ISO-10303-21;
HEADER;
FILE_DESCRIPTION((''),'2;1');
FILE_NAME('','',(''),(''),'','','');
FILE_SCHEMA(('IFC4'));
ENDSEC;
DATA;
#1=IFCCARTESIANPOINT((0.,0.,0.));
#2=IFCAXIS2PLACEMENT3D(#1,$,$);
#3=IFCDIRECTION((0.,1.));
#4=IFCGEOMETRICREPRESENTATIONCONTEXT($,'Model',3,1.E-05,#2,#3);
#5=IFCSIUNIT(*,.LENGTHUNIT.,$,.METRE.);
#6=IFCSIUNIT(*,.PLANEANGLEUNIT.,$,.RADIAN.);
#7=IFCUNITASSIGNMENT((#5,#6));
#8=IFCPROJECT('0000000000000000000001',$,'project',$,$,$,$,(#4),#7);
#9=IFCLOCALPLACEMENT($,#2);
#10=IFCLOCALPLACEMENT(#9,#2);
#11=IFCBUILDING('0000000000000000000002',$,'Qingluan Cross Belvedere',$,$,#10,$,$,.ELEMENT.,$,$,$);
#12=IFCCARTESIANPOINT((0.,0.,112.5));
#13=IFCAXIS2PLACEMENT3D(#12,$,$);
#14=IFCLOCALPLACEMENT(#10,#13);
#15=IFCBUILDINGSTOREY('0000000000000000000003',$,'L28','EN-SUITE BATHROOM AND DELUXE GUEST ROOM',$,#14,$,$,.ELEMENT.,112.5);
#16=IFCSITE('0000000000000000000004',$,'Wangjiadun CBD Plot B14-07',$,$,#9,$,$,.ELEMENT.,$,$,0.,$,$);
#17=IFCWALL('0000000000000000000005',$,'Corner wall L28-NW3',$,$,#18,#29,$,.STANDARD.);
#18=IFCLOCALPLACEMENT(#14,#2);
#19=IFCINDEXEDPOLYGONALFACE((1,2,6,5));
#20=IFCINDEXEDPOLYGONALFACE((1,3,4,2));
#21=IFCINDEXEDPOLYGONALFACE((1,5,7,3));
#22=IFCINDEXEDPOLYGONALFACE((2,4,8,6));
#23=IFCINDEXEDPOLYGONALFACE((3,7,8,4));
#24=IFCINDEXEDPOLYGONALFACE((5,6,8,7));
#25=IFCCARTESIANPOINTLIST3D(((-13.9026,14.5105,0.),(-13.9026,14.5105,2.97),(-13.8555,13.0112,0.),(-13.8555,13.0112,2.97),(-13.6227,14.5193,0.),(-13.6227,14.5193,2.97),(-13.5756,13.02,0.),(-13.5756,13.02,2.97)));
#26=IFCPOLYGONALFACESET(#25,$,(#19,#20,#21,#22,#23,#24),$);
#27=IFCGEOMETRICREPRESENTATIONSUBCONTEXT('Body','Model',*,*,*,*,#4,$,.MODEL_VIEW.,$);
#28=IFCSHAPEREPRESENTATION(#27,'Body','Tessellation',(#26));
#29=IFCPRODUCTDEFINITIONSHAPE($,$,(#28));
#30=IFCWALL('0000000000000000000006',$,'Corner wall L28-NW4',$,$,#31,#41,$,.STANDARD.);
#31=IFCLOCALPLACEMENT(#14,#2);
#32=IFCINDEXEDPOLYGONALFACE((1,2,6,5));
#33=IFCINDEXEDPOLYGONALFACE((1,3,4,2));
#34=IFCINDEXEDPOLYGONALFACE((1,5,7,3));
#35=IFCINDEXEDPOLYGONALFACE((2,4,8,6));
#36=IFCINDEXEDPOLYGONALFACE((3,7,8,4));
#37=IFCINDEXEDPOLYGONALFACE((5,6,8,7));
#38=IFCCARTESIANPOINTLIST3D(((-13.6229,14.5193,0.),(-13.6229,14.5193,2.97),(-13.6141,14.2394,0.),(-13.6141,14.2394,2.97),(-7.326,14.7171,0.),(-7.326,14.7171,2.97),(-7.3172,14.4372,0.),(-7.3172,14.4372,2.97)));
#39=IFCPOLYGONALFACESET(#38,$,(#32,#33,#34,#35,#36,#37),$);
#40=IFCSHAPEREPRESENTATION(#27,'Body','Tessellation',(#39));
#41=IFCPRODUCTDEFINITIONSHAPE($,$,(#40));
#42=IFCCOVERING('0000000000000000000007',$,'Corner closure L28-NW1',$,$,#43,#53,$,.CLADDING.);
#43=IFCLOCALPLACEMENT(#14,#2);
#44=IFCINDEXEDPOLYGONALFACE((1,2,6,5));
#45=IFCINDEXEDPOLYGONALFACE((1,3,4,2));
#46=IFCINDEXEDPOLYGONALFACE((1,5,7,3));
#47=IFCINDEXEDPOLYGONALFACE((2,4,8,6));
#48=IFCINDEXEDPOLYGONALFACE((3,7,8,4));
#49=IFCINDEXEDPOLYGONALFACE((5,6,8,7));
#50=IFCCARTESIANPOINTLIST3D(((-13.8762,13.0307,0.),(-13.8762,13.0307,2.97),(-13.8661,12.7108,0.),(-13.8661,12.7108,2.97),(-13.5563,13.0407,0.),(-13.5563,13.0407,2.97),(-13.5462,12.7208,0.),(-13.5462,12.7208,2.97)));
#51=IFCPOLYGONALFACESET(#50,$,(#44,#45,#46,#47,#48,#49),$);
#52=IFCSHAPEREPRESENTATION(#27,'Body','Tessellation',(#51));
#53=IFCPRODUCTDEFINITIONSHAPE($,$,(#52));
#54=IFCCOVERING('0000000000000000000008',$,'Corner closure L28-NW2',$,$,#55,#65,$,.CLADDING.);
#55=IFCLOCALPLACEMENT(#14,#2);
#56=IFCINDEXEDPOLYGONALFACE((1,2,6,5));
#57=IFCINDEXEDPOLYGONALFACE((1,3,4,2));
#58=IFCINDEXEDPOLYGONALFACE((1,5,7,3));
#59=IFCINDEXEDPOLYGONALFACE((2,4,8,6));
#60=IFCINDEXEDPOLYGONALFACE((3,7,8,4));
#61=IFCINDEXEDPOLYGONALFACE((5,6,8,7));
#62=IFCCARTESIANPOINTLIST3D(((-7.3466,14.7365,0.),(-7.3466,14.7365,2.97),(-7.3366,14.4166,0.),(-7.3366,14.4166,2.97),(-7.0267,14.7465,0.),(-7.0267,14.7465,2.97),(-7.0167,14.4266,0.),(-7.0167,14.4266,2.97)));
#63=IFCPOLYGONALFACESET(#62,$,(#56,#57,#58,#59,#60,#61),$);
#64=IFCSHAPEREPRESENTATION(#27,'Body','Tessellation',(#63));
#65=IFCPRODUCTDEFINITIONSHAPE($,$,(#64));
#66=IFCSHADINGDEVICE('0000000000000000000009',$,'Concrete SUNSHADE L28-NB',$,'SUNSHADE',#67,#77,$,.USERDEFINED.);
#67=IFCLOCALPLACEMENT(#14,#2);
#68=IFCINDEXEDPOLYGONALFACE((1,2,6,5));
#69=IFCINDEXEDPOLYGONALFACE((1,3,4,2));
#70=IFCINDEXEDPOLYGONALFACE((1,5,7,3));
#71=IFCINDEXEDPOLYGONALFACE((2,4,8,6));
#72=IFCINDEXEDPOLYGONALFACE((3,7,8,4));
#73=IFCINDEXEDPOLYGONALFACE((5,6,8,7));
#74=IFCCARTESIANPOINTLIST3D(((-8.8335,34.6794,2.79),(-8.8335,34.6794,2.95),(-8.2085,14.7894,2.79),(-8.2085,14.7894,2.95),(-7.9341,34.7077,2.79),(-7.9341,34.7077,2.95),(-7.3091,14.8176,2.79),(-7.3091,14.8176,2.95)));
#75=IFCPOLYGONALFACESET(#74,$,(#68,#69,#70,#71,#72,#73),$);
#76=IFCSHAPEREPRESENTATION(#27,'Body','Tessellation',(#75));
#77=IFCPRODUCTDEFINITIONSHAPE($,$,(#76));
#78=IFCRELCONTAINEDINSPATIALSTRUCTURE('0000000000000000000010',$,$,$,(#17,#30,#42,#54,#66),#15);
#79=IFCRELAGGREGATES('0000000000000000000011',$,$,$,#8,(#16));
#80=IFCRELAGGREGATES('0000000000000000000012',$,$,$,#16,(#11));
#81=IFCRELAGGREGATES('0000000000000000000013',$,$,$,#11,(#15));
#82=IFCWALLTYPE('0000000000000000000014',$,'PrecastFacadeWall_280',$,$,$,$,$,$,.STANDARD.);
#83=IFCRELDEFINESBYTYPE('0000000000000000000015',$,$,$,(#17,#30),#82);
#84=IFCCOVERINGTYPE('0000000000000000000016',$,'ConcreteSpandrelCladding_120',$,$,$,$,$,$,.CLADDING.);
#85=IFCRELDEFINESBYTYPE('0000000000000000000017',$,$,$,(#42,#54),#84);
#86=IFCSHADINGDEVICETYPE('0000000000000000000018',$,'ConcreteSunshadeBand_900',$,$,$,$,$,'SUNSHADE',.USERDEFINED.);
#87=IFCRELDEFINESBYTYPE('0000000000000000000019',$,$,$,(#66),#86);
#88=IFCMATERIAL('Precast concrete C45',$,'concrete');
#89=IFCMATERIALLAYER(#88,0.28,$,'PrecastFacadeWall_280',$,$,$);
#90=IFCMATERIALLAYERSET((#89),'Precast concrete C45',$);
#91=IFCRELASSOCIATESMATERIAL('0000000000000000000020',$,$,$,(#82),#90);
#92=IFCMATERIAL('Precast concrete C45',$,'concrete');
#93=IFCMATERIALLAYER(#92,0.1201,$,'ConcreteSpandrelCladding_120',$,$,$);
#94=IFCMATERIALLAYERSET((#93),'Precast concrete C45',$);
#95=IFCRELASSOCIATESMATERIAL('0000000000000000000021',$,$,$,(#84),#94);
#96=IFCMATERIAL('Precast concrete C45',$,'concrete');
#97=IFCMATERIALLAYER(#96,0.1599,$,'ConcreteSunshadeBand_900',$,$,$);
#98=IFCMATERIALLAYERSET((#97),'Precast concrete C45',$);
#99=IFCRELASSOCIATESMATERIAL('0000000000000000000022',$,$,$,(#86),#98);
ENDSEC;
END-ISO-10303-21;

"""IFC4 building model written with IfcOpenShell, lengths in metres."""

from ifc_helpers import new_model, si_unit, direction, frame, frame_2d, origin, origin_2d, place, context, subcontext, project, spatial, rectangle, extrude, material, layer, layer_set, type_object, element, save


model = new_model("IFC4")

# Units and contexts
model_context = context("Model", 3, precision=1e-05, world=origin(), true_north=direction((0.0, 1.0)))
body_context = subcontext(model_context, "Body", "Model", "MODEL_VIEW")
ifc_project = project(units=[si_unit("LENGTHUNIT", "METRE"), si_unit("PLANEANGLEUNIT", "RADIAN")], contexts=[model_context])

# Site, building, storey
site_placement = place(None, origin())
site = spatial("IfcSite", under=ifc_project, at=site_placement, Name="Wangjiadun CBD Plot B14-07", CompositionType="ELEMENT", RefElevation=0.0)
building_placement = place(site_placement, origin())
building = spatial("IfcBuilding", under=site, at=building_placement, Name="Qingluan Cross Belvedere", CompositionType="ELEMENT")
storey_placement = place(building_placement, frame((0.0, 0.0, 112.5)))
storey = spatial("IfcBuildingStorey", under=building, at=storey_placement, Name="L28", Description="EN-SUITE BATHROOM AND DELUXE GUEST ROOM", CompositionType="ELEMENT", Elevation=112.5)

# Shared definitions
ifc_material_1 = material(Name="Precast concrete C45", Category="concrete")
ifc_layer_1 = layer(ifc_material_1, 0.28, Name="PrecastFacadeWall_280")
ifc_layer_set_1 = layer_set([ifc_layer_1], Name="Precast concrete C45")
wall_type_1 = type_object("IfcWallType", Name="PrecastFacadeWall_280", PredefinedType="STANDARD", material=ifc_layer_set_1)

# Walls
wall_1_placement = place(storey_placement, frame((-13.7156, 13.0156, 0.0), z_axis=(0.0, 0.0, 1.0), x_axis=(-0.031413, 0.999507, 0.0)))
element("IfcWall", 1, at=wall_1_placement, inside=storey, type_object=wall_type_1, Name="Corner wall L28-NW3", PredefinedType="STANDARD", context=body_context, shape_type="SweptSolid", body=[
    extrude(rectangle(XDim=1.5, YDim=0.28, at=frame_2d((0.75, 0.0))), origin(), (0.0, 0.0, 1.0), 2.97),
])
wall_2_placement = place(storey_placement, frame((-13.6184, 14.3794, 0.0), z_axis=(0.0, 0.0, 1.0), x_axis=(0.999507, 0.03139, 0.0)))
element("IfcWall", 2, at=wall_2_placement, inside=storey, type_object=wall_type_1, Name="Corner wall L28-NW4", PredefinedType="STANDARD", context=body_context, shape_type="SweptSolid", body=[
    extrude(rectangle(XDim=6.3, YDim=0.28, at=frame_2d((3.1499, 0.0))), origin(), (0.0, 0.0, 1.0), 2.97),
])

# Coverings
ifc_material_2 = material(Name="Precast concrete C45", Category="concrete")
ifc_layer_2 = layer(ifc_material_2, 0.1201, Name="ConcreteSpandrelCladding_120")
ifc_layer_set_2 = layer_set([ifc_layer_2], Name="Precast concrete C45")
covering_type = type_object("IfcCoveringType", Name="ConcreteSpandrelCladding_120", PredefinedType="CLADDING", material=ifc_layer_set_2)
for number, where, z_axis, x_axis, name in (
    (3, (-13.7112, 12.8757, 0.0), (0.0, 0.0, 1.0), (0.999507, 0.031411, 0.0), "Corner closure L28-NW1"),
    (4, (-7.1816, 14.5815, 0.0), (0.0, 0.0, 1.0), (0.999507, 0.031411, 0.0), "Corner closure L28-NW2"),
):
    element("IfcCovering", number, at=place(storey_placement, frame(where, z_axis=z_axis, x_axis=x_axis)), inside=storey, type_object=covering_type, Name=name, PredefinedType="CLADDING", context=body_context, shape_type="SweptSolid", body=[
        extrude(rectangle(XDim=0.3201, YDim=0.3201, at=origin_2d()), origin(), (0.0, 0.0, 1.0), 2.97),
    ])

# Shading device
ifc_material_3 = material(Name="Precast concrete C45", Category="concrete")
ifc_layer_3 = layer(ifc_material_3, 0.1599, Name="ConcreteSunshadeBand_900")
ifc_layer_set_3 = layer_set([ifc_layer_3], Name="Precast concrete C45")
shading_device_type = type_object("IfcShadingDeviceType", Name="ConcreteSunshadeBand_900", ElementType="SUNSHADE", PredefinedType="USERDEFINED", material=ifc_layer_set_3)
shading_device_placement = place(storey_placement, frame((-8.0713, 24.7485, 2.79), z_axis=(0.0, 0.0, 1.0), x_axis=(0.031408, -0.999507, 0.0)))
element("IfcShadingDevice", 5, at=shading_device_placement, inside=storey, type_object=shading_device_type, Name="Concrete SUNSHADE L28-NB", ObjectType="SUNSHADE", PredefinedType="USERDEFINED", context=body_context, shape_type="SweptSolid", body=[
    extrude(rectangle(XDim=19.8999, YDim=0.8999, at=origin_2d()), origin(), (0.0, 0.0, 1.0), 0.1599),
])

save(model, "model.ifc")
